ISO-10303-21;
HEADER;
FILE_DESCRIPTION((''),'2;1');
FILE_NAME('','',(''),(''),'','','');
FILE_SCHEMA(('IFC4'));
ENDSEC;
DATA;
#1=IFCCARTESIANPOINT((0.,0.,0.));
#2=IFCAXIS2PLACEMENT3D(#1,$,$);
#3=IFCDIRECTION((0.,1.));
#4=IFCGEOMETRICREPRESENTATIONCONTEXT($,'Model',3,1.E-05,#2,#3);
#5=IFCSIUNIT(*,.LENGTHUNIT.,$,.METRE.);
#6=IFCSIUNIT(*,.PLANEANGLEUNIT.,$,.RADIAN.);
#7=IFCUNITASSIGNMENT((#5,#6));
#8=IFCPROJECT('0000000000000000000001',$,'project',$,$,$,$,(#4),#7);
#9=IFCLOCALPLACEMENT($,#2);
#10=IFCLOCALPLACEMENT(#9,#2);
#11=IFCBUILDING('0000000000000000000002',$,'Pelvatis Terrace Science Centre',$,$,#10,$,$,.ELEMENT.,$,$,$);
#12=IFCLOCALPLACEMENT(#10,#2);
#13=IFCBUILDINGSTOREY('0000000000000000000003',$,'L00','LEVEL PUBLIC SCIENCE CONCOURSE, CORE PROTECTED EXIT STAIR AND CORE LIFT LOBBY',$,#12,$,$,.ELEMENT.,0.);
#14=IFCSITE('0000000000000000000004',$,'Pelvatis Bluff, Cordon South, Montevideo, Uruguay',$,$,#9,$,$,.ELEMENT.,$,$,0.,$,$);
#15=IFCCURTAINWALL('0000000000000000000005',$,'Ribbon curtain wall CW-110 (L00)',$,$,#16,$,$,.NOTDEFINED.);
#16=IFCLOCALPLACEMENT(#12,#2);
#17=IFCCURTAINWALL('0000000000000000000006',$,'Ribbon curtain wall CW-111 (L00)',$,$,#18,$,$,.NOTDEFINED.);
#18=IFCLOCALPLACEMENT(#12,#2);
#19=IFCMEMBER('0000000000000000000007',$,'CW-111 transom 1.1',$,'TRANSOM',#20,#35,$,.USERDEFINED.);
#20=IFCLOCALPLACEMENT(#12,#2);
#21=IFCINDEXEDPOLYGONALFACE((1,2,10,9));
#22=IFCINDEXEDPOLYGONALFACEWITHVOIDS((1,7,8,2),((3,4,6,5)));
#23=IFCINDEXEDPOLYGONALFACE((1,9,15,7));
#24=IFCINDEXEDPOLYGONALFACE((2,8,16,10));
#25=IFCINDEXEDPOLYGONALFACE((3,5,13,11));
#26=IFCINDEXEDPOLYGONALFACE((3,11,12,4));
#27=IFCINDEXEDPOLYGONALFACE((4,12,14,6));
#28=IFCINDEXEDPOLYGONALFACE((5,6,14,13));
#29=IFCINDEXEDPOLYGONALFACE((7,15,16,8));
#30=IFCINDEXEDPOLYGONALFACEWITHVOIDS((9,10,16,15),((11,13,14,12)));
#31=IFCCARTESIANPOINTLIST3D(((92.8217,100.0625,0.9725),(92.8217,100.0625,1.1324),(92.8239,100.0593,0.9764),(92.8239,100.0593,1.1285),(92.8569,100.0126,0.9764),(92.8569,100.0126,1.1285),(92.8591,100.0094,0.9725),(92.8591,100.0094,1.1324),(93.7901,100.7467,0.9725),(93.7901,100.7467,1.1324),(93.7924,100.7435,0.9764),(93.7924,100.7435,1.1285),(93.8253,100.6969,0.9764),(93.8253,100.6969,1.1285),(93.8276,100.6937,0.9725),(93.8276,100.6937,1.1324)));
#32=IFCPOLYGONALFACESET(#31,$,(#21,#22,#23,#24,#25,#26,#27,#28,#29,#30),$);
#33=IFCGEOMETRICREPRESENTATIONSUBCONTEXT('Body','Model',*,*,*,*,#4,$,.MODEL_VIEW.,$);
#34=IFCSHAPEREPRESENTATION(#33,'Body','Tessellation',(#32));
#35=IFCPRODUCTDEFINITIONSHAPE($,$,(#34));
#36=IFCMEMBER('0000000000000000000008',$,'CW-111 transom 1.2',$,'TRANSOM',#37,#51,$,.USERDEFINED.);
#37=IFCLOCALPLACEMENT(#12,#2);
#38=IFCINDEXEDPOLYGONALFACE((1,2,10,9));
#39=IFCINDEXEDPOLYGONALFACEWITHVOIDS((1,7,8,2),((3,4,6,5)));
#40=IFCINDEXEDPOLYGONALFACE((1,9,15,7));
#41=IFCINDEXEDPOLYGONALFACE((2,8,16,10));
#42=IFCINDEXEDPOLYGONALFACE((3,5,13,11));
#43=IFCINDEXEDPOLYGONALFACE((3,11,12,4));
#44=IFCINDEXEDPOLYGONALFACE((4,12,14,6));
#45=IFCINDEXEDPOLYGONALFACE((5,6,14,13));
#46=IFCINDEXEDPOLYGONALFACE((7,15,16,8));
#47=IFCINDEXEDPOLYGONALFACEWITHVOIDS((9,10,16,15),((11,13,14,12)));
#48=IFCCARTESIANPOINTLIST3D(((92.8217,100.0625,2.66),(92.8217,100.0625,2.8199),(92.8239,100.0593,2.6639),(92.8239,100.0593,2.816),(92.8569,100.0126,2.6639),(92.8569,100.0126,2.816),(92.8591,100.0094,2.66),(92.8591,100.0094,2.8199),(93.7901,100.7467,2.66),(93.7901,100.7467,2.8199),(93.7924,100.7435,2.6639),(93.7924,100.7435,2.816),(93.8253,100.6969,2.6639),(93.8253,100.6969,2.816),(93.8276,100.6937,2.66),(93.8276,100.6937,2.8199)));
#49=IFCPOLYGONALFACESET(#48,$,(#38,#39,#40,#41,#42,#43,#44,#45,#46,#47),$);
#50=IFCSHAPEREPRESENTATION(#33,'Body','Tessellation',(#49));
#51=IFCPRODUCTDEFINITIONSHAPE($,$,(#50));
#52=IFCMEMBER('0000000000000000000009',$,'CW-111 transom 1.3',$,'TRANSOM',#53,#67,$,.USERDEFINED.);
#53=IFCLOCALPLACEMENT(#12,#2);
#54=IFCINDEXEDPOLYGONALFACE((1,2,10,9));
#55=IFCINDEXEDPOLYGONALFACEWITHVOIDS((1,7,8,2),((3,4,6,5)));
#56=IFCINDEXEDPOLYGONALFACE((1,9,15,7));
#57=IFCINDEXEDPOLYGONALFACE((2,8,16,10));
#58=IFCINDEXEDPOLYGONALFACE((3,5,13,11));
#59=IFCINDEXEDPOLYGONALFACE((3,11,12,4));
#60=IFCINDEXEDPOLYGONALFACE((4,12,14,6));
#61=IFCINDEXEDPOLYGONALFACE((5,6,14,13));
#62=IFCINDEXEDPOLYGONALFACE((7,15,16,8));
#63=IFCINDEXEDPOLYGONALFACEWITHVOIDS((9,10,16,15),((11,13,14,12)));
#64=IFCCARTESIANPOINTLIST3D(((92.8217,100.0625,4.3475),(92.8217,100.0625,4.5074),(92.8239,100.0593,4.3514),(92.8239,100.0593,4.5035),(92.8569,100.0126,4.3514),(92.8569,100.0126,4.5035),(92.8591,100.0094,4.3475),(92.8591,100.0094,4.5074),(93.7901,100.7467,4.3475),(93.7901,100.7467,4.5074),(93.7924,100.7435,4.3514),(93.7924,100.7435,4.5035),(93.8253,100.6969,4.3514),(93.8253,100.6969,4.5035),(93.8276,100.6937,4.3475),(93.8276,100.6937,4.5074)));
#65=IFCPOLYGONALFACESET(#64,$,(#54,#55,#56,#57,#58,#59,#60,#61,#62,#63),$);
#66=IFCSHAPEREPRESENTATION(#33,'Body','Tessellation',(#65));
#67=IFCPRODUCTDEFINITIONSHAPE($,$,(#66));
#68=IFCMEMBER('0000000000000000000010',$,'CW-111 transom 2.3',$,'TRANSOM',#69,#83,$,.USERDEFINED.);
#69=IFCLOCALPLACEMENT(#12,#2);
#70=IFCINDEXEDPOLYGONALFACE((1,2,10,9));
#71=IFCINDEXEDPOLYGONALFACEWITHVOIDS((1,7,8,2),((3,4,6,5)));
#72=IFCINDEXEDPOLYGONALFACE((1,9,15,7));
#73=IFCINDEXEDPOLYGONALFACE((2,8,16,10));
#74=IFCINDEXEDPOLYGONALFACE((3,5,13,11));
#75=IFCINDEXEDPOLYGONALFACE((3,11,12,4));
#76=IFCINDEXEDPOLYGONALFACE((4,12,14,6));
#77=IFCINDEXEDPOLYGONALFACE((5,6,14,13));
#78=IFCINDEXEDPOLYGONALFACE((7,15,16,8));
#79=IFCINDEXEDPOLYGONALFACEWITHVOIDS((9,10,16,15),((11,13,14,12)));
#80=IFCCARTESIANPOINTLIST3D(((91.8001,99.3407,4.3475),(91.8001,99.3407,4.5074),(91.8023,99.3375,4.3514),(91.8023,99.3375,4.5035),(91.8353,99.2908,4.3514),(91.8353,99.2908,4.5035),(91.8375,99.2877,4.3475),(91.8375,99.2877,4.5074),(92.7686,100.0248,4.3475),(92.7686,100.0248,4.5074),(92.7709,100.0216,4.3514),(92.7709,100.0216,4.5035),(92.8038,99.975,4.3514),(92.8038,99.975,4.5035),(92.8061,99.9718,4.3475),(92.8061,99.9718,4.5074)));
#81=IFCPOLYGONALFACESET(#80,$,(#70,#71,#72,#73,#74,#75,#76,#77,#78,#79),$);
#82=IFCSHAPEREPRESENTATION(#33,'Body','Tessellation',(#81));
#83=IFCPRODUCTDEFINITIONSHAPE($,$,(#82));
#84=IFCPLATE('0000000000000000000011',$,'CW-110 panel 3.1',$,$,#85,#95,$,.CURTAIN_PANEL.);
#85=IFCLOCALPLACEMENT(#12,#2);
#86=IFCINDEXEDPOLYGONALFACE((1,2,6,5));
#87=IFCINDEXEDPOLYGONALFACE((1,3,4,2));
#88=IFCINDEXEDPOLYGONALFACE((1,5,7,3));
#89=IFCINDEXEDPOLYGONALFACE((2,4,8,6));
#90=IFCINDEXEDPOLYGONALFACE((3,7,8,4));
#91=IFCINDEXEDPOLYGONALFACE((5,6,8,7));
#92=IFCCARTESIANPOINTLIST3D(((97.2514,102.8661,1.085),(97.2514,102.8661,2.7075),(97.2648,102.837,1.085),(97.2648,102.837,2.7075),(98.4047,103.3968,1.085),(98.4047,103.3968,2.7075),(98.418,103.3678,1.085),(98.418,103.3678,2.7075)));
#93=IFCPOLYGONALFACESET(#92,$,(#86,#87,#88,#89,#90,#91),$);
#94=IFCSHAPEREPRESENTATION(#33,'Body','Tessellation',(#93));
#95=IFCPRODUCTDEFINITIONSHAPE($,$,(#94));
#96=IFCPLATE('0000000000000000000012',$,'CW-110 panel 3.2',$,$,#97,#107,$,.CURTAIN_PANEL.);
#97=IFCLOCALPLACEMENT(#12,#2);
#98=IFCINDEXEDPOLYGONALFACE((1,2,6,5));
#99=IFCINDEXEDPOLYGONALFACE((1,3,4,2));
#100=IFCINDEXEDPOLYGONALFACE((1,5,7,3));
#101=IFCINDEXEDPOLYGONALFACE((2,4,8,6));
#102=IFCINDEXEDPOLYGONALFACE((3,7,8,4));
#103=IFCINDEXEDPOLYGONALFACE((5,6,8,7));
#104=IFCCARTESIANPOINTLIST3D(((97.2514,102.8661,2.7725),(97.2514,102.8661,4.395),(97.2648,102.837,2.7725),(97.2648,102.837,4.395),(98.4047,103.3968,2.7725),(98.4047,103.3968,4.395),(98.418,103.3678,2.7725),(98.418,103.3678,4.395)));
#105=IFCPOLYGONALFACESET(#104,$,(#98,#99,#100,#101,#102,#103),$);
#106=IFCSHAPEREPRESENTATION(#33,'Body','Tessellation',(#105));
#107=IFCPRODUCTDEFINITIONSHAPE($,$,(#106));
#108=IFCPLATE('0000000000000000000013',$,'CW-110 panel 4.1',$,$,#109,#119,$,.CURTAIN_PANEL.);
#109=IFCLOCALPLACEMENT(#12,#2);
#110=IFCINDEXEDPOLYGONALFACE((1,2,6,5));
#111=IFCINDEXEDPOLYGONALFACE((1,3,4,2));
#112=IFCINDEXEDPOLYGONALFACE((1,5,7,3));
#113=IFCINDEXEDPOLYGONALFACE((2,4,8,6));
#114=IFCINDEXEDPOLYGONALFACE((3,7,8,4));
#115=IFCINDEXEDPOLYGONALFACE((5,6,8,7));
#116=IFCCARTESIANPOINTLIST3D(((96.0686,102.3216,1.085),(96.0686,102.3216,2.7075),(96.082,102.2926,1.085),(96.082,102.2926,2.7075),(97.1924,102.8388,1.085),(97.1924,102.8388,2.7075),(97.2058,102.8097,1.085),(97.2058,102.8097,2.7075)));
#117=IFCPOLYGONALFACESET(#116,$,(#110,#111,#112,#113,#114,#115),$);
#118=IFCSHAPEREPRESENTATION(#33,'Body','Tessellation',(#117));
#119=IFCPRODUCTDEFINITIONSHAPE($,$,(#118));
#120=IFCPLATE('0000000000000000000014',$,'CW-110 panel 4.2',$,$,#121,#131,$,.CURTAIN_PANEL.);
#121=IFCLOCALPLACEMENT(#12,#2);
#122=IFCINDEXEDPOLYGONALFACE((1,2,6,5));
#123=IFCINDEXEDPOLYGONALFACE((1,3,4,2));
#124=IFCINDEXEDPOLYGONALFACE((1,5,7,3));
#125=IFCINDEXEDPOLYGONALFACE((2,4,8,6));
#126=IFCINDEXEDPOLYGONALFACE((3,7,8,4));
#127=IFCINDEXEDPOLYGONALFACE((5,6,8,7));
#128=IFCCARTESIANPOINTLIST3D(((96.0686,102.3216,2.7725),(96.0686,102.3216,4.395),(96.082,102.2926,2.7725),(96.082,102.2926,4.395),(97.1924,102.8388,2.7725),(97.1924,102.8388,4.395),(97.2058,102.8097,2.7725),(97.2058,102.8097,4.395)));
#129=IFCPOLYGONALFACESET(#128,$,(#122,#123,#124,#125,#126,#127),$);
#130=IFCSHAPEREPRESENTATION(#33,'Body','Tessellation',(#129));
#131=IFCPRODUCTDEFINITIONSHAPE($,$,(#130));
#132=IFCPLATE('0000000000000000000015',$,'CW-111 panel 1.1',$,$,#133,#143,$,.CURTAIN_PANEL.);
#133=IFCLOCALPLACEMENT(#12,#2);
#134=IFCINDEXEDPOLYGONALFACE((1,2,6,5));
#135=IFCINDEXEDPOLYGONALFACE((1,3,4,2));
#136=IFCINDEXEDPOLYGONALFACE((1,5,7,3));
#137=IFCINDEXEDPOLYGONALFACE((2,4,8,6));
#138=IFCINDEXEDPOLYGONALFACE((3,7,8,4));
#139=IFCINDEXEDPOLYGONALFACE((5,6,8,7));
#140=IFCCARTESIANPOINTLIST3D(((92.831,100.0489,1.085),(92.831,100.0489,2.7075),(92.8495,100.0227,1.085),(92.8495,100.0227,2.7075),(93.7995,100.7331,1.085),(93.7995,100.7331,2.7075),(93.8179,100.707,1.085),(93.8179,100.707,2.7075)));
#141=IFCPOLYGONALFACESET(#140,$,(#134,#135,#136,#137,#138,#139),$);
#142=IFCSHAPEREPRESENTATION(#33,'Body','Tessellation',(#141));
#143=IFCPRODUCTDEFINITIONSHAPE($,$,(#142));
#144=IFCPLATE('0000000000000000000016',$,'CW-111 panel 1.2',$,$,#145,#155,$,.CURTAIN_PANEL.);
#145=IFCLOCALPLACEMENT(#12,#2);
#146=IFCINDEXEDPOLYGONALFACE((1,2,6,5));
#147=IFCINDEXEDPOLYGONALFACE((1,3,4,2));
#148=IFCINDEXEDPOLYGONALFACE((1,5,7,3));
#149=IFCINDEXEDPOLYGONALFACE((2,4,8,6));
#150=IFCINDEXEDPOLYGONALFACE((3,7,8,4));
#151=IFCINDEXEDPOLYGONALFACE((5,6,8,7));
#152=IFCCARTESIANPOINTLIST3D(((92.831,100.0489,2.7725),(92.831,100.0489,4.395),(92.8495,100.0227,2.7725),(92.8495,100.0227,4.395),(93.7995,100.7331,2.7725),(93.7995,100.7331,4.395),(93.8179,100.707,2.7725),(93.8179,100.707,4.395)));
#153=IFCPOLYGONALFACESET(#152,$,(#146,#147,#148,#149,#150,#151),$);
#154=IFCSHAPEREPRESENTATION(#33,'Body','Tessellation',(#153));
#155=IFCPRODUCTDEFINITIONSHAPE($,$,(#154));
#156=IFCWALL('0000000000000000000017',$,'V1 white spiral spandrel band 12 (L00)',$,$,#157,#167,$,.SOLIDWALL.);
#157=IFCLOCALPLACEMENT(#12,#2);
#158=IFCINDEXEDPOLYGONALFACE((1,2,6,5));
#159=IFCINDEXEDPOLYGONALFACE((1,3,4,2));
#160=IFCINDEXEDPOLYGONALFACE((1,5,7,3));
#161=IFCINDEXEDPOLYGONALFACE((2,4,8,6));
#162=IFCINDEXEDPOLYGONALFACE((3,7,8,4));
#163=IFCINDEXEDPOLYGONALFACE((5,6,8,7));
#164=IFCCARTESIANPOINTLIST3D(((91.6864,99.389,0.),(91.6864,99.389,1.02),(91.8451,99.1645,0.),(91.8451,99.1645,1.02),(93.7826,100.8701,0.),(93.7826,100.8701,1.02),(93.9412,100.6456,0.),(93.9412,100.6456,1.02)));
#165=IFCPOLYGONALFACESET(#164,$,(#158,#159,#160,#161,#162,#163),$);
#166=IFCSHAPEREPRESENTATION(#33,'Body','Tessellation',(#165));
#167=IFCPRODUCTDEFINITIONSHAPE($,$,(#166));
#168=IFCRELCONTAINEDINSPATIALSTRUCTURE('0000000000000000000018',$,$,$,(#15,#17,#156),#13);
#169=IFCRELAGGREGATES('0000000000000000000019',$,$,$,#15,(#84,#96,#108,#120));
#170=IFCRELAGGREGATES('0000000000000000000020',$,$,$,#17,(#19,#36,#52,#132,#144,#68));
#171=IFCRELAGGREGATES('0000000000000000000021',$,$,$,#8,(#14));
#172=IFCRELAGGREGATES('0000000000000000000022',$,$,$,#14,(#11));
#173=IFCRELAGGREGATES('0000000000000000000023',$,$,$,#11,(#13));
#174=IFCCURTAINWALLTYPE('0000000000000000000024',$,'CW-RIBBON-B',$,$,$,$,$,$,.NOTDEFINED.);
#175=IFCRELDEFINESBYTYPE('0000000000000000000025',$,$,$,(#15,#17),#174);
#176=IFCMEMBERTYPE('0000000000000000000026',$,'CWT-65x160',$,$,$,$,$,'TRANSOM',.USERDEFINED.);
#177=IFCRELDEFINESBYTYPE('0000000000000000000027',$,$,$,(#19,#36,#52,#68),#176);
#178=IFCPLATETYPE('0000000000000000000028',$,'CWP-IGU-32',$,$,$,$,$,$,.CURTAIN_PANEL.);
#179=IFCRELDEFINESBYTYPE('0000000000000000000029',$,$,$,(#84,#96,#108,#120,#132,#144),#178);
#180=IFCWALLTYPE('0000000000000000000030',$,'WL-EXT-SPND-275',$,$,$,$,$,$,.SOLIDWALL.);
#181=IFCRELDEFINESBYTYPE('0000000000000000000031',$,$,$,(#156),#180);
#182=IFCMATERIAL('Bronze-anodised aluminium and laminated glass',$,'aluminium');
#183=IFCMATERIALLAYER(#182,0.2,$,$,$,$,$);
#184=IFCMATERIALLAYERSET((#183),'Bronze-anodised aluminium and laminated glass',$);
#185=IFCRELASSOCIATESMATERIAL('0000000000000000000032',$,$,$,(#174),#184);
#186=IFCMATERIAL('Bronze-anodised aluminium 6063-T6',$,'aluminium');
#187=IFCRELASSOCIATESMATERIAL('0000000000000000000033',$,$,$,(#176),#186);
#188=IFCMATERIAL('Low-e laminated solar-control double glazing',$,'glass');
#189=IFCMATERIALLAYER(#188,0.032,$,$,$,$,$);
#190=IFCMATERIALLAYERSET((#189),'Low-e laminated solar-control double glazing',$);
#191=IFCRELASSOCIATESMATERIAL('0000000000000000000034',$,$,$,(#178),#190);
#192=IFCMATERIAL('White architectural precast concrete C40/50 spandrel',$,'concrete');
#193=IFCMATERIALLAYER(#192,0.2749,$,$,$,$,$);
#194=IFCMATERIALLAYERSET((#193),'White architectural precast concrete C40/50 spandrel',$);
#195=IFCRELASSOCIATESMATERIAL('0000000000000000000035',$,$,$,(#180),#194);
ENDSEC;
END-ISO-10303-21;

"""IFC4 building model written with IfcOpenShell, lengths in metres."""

from ifc_helpers import new_model, si_unit, direction, frame, frame_2d, origin, origin_2d, place, context, subcontext, project, spatial, rectangle, hollow_rectangle, extrude, material, layer, layer_set, material_profile, profile_set, type_object, element, aggregate, save


model = new_model("IFC4")

# Units and contexts
model_context = context("Model", 3, precision=1e-05, world=origin(), true_north=direction((0.0, 1.0)))
body_context = subcontext(model_context, "Body", "Model", "MODEL_VIEW")
ifc_project = project(units=[si_unit("LENGTHUNIT", "METRE"), si_unit("PLANEANGLEUNIT", "RADIAN")], contexts=[model_context])

# Site, building, storey
site_placement = place(None, origin())
site = spatial("IfcSite", under=ifc_project, at=site_placement, Name="Pelvatis Bluff, Cordon South, Montevideo, Uruguay", CompositionType="ELEMENT", RefElevation=0.0)
building_placement = place(site_placement, origin())
building = spatial("IfcBuilding", under=site, at=building_placement, Name="Pelvatis Terrace Science Centre", CompositionType="ELEMENT")
storey_placement = place(building_placement, origin())
storey = spatial("IfcBuildingStorey", under=building, at=storey_placement, Name="L00", Description="LEVEL PUBLIC SCIENCE CONCOURSE, CORE PROTECTED EXIT STAIR AND CORE LIFT LOBBY", CompositionType="ELEMENT", Elevation=0.0)

# Curtain walls
ifc_material_1 = material(Name="Bronze-anodised aluminium and laminated glass", Category="aluminium")
ifc_layer_1 = layer(ifc_material_1, 0.2)
ifc_layer_set_1 = layer_set([ifc_layer_1], Name="Bronze-anodised aluminium and laminated glass")
curtain_wall_type = type_object("IfcCurtainWallType", Name="CW-RIBBON-B", PredefinedType="NOTDEFINED", material=ifc_layer_set_1)
curtain_wall_1_placement = place(storey_placement, origin())
curtain_wall_1 = element("IfcCurtainWall", 1, at=curtain_wall_1_placement, inside=storey, type_object=curtain_wall_type, Name="Ribbon curtain wall CW-110 (L00)", PredefinedType="NOTDEFINED")
curtain_wall_2_placement = place(storey_placement, origin())
curtain_wall_2 = element("IfcCurtainWall", 2, at=curtain_wall_2_placement, inside=storey, type_object=curtain_wall_type, Name="Ribbon curtain wall CW-111 (L00)", PredefinedType="NOTDEFINED")

# Members
ifc_material_2 = material(Name="Bronze-anodised aluminium 6063-T6", Category="aluminium")
ifc_material_profile_1 = material_profile(ifc_material_2, hollow_rectangle(XDim=0.0649, YDim=0.1599, WallThickness=0.0039, at=origin_2d()), Name="ALU-TRN 65x160")
ifc_profile_set_1 = profile_set([ifc_material_profile_1], Name="Bronze-anodised aluminium 6063-T6")
member_type_1 = type_object("IfcMemberType", Name="CWT-65x160", ElementType="TRANSOM", PredefinedType="USERDEFINED", material=ifc_profile_set_1)
member_1_placement = place(storey_placement, frame((93.8088, 100.7202, 1.0525), z_axis=(-0.8167, -0.577063, 0.0), x_axis=(0.577063, -0.8167, 0.0)))
member_1 = element("IfcMember", 3, at=member_1_placement, type_object=member_type_1, Name="CW-111 transom 1.1", ObjectType="TRANSOM", PredefinedType="USERDEFINED", context=body_context, shape_type="SweptSolid", body=[
    extrude(hollow_rectangle(XDim=0.0649, YDim=0.1599, WallThickness=0.0039, at=origin_2d()), origin(), (0.0, 0.0, 1.0), 1.1858),
])
member_2_placement = place(storey_placement, frame((93.8088, 100.7202, 2.74), z_axis=(-0.8167, -0.577063, 0.0), x_axis=(0.577063, -0.8167, 0.0)))
member_2 = element("IfcMember", 4, at=member_2_placement, type_object=member_type_1, Name="CW-111 transom 1.2", ObjectType="TRANSOM", PredefinedType="USERDEFINED", context=body_context, shape_type="SweptSolid", body=[
    extrude(hollow_rectangle(XDim=0.0649, YDim=0.1599, WallThickness=0.0039, at=origin_2d()), origin(), (0.0, 0.0, 1.0), 1.1858),
])
member_3_placement = place(storey_placement, frame((93.8088, 100.7202, 4.4275), z_axis=(-0.8167, -0.577063, 0.0), x_axis=(0.577063, -0.8167, 0.0)))
member_3 = element("IfcMember", 5, at=member_3_placement, type_object=member_type_1, Name="CW-111 transom 1.3", ObjectType="TRANSOM", PredefinedType="USERDEFINED", context=body_context, shape_type="SweptSolid", body=[
    extrude(hollow_rectangle(XDim=0.0649, YDim=0.1599, WallThickness=0.0039, at=origin_2d()), origin(), (0.0, 0.0, 1.0), 1.1858),
])
member_4_placement = place(storey_placement, frame((92.7874, 99.9983, 4.4275), z_axis=(-0.816797, -0.576926, 0.0), x_axis=(0.576926, -0.816797, 0.0)))
member_4 = element("IfcMember", 6, at=member_4_placement, type_object=member_type_1, Name="CW-111 transom 2.3", ObjectType="TRANSOM", PredefinedType="USERDEFINED", context=body_context, shape_type="SweptSolid", body=[
    extrude(hollow_rectangle(XDim=0.0649, YDim=0.1599, WallThickness=0.0039, at=origin_2d()), origin(), (0.0, 0.0, 1.0), 1.1858),
])

# Plates
ifc_material_3 = material(Name="Low-e laminated solar-control double glazing", Category="glass")
ifc_layer_2 = layer(ifc_material_3, 0.032)
ifc_layer_set_2 = layer_set([ifc_layer_2], Name="Low-e laminated solar-control double glazing")
plate_type = type_object("IfcPlateType", Name="CWP-IGU-32", PredefinedType="CURTAIN_PANEL", material=ifc_layer_set_2)
plate_1_placement = place(storey_placement, frame((97.8347, 103.1169, 1.085), z_axis=(0.0, 0.0, 1.0), x_axis=(-0.908421, -0.418057, 0.0)))
plate_1 = element("IfcPlate", 7, at=plate_1_placement, type_object=plate_type, Name="CW-110 panel 3.1", PredefinedType="CURTAIN_PANEL", context=body_context, shape_type="SweptSolid", body=[
    extrude(rectangle(XDim=1.2695, YDim=0.032, at=origin_2d()), origin(), (0.0, 0.0, 1.0), 1.6226),
])
plate_2_placement = place(storey_placement, frame((97.8347, 103.1169, 2.7725), z_axis=(0.0, 0.0, 1.0), x_axis=(-0.908421, -0.418057, 0.0)))
plate_2 = element("IfcPlate", 8, at=plate_2_placement, type_object=plate_type, Name="CW-110 panel 3.2", PredefinedType="CURTAIN_PANEL", context=body_context, shape_type="SweptSolid", body=[
    extrude(rectangle(XDim=1.2695, YDim=0.032, at=origin_2d()), origin(), (0.0, 0.0, 1.0), 1.6226),
])
plate_3_placement = place(storey_placement, frame((96.6372, 102.5657, 1.085), z_axis=(0.0, 0.0, 1.0), x_axis=(-0.908421, -0.418057, 0.0)))
plate_3 = element("IfcPlate", 9, at=plate_3_placement, type_object=plate_type, Name="CW-110 panel 4.1", PredefinedType="CURTAIN_PANEL", context=body_context, shape_type="SweptSolid", body=[
    extrude(rectangle(XDim=1.2371, YDim=0.032, at=origin_2d()), origin(), (0.0, 0.0, 1.0), 1.6226),
])
plate_4_placement = place(storey_placement, frame((96.6372, 102.5657, 2.7725), z_axis=(0.0, 0.0, 1.0), x_axis=(-0.908421, -0.418057, 0.0)))
plate_4 = element("IfcPlate", 10, at=plate_4_placement, type_object=plate_type, Name="CW-110 panel 4.2", PredefinedType="CURTAIN_PANEL", context=body_context, shape_type="SweptSolid", body=[
    extrude(rectangle(XDim=1.2371, YDim=0.032, at=origin_2d()), origin(), (0.0, 0.0, 1.0), 1.6226),
])
aggregate(curtain_wall_1, [plate_1, plate_2, plate_3, plate_4])
plate_5_placement = place(storey_placement, frame((93.3245, 100.3779, 1.085), z_axis=(0.0, 0.0, 1.0), x_axis=(-0.816705, -0.577055, 0.0)))
plate_5 = element("IfcPlate", 11, at=plate_5_placement, type_object=plate_type, Name="CW-111 panel 1.1", PredefinedType="CURTAIN_PANEL", context=body_context, shape_type="SweptSolid", body=[
    extrude(rectangle(XDim=1.1858, YDim=0.032, at=origin_2d()), origin(), (0.0, 0.0, 1.0), 1.6226),
])
plate_6_placement = place(storey_placement, frame((93.3245, 100.3779, 2.7725), z_axis=(0.0, 0.0, 1.0), x_axis=(-0.816705, -0.577055, 0.0)))
plate_6 = element("IfcPlate", 12, at=plate_6_placement, type_object=plate_type, Name="CW-111 panel 1.2", PredefinedType="CURTAIN_PANEL", context=body_context, shape_type="SweptSolid", body=[
    extrude(rectangle(XDim=1.1858, YDim=0.032, at=origin_2d()), origin(), (0.0, 0.0, 1.0), 1.6226),
])
aggregate(curtain_wall_2, [member_1, member_2, member_3, plate_5, plate_6, member_4])

# Wall
ifc_material_4 = material(Name="White architectural precast concrete C40/50 spandrel", Category="concrete")
ifc_layer_3 = layer(ifc_material_4, 0.2749)
ifc_layer_set_3 = layer_set([ifc_layer_3], Name="White architectural precast concrete C40/50 spandrel")
wall_type = type_object("IfcWallType", Name="WL-EXT-SPND-275", PredefinedType="SOLIDWALL", material=ifc_layer_set_3)
wall_placement = place(storey_placement, frame((93.8618, 100.7578, 0.0), z_axis=(0.0, 0.0, 1.0), x_axis=(-0.816686, -0.577083, 0.0)))
element("IfcWall", 13, at=wall_placement, inside=storey, type_object=wall_type, Name="V1 white spiral spandrel band 12 (L00)", PredefinedType="SOLIDWALL", context=body_context, shape_type="SweptSolid", body=[
    extrude(rectangle(XDim=2.5667, YDim=0.2749, at=frame_2d((1.2832, 0.0))), origin(), (0.0, 0.0, 1.0), 1.02),
])

save(model, "model.ifc")
